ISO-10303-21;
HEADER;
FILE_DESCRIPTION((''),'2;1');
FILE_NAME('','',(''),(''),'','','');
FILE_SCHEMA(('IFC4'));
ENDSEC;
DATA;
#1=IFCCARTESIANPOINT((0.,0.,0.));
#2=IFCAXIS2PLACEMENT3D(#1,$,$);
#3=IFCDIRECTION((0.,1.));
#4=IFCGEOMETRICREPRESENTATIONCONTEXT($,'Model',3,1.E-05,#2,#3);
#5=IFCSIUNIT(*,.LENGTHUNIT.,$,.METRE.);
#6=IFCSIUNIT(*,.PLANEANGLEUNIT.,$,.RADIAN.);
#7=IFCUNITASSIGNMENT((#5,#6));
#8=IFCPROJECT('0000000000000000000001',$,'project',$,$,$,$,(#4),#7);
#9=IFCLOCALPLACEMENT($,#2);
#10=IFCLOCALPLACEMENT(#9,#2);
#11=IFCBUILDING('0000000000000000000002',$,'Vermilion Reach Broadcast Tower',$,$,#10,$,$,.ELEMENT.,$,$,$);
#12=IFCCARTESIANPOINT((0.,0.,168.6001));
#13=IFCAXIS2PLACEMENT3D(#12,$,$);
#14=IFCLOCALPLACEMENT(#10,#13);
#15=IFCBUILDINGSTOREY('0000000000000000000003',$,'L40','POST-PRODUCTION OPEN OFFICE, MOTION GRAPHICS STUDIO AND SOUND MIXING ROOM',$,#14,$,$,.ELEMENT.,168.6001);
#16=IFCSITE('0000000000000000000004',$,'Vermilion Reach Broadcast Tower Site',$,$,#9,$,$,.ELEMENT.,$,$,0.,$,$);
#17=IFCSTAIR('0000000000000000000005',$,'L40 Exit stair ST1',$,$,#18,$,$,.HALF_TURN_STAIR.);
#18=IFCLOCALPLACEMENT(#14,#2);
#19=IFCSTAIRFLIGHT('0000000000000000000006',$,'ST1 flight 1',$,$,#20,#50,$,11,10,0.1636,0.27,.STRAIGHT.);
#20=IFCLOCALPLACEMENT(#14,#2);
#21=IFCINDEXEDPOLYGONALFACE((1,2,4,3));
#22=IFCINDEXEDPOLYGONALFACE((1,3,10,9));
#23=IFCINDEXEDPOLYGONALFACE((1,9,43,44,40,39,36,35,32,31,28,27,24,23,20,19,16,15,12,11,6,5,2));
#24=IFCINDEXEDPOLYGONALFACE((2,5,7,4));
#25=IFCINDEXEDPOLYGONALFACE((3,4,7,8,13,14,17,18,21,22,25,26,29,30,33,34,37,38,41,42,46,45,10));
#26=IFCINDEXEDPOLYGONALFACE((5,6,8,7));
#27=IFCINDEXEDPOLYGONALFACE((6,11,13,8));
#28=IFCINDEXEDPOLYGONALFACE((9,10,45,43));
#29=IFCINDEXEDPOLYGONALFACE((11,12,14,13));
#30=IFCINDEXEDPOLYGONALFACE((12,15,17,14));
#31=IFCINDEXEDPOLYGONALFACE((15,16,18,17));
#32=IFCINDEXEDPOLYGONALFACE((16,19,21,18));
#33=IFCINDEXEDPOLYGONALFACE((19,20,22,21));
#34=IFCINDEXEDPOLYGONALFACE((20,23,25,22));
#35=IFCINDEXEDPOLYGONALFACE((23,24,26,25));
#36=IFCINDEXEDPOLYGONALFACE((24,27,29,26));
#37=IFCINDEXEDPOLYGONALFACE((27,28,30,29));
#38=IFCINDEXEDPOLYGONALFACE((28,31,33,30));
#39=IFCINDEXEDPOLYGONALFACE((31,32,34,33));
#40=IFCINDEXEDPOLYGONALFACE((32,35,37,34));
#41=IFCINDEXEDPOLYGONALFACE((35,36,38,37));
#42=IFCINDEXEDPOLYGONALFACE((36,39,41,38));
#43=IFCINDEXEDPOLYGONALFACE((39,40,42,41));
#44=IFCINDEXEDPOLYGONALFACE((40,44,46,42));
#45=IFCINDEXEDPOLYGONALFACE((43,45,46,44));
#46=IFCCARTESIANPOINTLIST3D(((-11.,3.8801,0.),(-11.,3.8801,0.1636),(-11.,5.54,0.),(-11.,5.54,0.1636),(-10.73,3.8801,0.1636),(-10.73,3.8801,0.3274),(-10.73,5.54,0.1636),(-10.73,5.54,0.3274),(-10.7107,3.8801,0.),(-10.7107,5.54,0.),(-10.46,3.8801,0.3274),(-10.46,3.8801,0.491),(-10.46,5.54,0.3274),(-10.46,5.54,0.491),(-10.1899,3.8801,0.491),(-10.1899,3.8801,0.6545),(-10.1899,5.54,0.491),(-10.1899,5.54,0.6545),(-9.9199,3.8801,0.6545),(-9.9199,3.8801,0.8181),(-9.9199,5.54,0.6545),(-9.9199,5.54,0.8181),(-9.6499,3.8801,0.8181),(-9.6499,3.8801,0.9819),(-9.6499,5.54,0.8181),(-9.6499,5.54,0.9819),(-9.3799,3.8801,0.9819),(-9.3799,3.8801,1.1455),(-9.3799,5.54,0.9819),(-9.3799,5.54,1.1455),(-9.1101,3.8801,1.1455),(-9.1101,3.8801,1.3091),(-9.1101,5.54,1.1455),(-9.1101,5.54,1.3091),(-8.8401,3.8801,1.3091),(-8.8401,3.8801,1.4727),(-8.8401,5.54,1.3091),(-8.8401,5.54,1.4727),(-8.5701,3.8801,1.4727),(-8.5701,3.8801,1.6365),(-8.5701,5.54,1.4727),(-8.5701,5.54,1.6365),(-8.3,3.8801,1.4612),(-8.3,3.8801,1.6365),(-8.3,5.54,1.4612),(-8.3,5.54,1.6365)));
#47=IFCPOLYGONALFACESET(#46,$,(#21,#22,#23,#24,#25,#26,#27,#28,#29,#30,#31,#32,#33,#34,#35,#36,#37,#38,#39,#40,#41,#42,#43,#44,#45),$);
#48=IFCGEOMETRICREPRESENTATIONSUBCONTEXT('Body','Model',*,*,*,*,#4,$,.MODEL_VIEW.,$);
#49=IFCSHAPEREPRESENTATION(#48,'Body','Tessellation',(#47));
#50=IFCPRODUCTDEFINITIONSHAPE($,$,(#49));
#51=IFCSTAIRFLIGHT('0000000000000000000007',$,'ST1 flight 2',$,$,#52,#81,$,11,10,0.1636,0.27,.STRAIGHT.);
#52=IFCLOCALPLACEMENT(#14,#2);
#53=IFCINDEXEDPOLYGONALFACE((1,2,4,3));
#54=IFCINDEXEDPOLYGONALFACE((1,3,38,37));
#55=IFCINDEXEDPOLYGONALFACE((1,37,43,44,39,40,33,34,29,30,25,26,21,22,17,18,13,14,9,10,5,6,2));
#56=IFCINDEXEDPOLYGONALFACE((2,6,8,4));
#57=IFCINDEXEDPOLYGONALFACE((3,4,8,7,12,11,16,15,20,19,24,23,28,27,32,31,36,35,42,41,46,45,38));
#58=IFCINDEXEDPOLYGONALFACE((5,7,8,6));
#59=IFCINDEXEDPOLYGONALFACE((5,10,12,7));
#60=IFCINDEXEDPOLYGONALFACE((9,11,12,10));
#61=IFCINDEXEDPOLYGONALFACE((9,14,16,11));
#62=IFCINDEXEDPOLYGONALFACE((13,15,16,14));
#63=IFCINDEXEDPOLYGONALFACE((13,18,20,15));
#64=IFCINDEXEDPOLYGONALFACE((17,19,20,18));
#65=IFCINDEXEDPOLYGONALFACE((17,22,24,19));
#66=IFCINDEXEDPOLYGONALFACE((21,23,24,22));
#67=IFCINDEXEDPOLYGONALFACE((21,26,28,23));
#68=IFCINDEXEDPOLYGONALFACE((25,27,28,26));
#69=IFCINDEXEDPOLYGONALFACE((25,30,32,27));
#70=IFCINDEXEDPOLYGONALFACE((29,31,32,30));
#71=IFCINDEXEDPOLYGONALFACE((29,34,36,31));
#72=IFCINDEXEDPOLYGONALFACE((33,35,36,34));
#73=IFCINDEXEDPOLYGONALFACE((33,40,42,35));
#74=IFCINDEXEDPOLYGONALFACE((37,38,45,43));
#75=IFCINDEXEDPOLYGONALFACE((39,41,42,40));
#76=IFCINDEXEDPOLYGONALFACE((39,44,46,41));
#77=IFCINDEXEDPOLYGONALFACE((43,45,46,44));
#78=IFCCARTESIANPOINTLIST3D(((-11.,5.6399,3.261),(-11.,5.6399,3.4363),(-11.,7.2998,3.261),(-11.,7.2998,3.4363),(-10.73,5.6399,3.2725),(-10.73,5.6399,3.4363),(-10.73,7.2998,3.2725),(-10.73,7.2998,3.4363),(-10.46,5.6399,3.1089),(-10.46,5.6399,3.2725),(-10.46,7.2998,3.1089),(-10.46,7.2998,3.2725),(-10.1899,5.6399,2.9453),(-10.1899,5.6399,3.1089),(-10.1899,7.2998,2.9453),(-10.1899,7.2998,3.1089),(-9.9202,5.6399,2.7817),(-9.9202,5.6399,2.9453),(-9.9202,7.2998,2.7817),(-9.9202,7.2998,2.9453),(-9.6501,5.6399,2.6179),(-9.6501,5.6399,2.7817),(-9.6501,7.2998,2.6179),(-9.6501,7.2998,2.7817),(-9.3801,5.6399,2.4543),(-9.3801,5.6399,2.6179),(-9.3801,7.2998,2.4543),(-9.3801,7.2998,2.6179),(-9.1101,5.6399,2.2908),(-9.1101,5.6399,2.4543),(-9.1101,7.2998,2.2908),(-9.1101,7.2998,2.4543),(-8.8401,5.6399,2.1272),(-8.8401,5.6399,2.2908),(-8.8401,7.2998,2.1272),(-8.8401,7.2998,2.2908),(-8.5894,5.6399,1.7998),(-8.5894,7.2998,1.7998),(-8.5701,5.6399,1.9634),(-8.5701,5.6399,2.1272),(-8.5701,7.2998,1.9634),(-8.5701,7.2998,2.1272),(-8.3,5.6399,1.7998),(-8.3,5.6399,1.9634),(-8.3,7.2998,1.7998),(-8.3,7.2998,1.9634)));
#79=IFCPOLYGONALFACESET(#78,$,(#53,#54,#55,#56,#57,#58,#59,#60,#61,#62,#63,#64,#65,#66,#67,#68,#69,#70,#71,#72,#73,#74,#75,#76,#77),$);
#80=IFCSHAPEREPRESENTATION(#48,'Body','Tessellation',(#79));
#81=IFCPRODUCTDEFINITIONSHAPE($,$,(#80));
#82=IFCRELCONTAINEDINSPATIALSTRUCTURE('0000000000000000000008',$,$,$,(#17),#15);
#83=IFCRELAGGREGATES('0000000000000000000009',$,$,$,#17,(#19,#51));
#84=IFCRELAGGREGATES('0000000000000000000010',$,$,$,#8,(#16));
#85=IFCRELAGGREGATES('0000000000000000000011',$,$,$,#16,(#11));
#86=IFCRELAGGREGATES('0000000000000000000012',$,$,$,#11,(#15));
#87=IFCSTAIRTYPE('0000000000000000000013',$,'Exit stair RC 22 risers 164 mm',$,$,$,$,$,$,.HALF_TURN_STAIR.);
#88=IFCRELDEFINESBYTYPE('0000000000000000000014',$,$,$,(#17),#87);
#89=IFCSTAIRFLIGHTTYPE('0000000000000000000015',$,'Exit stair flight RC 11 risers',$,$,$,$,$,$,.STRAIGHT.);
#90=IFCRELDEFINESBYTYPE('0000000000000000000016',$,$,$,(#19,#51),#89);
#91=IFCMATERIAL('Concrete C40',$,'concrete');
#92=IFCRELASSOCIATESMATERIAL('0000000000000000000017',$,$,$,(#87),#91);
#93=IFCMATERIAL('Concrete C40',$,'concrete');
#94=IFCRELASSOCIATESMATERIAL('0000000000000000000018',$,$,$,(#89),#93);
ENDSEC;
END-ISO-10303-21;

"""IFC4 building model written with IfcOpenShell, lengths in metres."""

from ifc_helpers import new_model, si_unit, direction, frame, origin, place, context, subcontext, project, spatial, polyline, outline, extrude, material, type_object, element, aggregate, save


model = new_model("IFC4")

# Units and contexts
model_context = context("Model", 3, precision=1e-05, world=origin(), true_north=direction((0.0, 1.0)))
body_context = subcontext(model_context, "Body", "Model", "MODEL_VIEW")
ifc_project = project(units=[si_unit("LENGTHUNIT", "METRE"), si_unit("PLANEANGLEUNIT", "RADIAN")], contexts=[model_context])

# Site, building, storey
site_placement = place(None, origin())
site = spatial("IfcSite", under=ifc_project, at=site_placement, Name="Vermilion Reach Broadcast Tower Site", CompositionType="ELEMENT", RefElevation=0.0)
building_placement = place(site_placement, origin())
building = spatial("IfcBuilding", under=site, at=building_placement, Name="Vermilion Reach Broadcast Tower", CompositionType="ELEMENT")
storey_placement = place(building_placement, frame((0.0, 0.0, 168.6001)))
storey = spatial("IfcBuildingStorey", under=building, at=storey_placement, Name="L40", Description="POST-PRODUCTION OPEN OFFICE, MOTION GRAPHICS STUDIO AND SOUND MIXING ROOM", CompositionType="ELEMENT", Elevation=168.6001)

# Stair, stair flights
ifc_material_1 = material(Name="Concrete C40", Category="concrete")
stair_type = type_object("IfcStairType", Name="Exit stair RC 22 risers 164 mm", PredefinedType="HALF_TURN_STAIR", material=ifc_material_1)
stair_placement = place(storey_placement, origin())
stair = element("IfcStair", 1, at=stair_placement, inside=storey, type_object=stair_type, Name="L40 Exit stair ST1", PredefinedType="HALF_TURN_STAIR")
ifc_material_2 = material(Name="Concrete C40", Category="concrete")
stair_flight_type = type_object("IfcStairFlightType", Name="Exit stair flight RC 11 risers", PredefinedType="STRAIGHT", material=ifc_material_2)
stair_flight_1_placement = place(storey_placement, frame((-11.0, 4.71, 0.0), z_axis=(0.0, 0.0, 1.0), x_axis=(1.0, 0.0, 0.0)))
stair_flight_1 = element("IfcStairFlight", 2, at=stair_flight_1_placement, type_object=stair_flight_type, Name="ST1 flight 1", NumberOfRisers=11, NumberOfTreads=10, PredefinedType="STRAIGHT", RiserHeight=0.1636, TreadLength=0.27, context=body_context, shape_type="SweptSolid", body=[
    extrude(outline(polyline([(0.0, 0.0), (0.0, 0.1636), (0.27, 0.1636), (0.27, 0.3274), (0.54, 0.3274), (0.54, 0.491), (0.8101, 0.491), (0.8101, 0.6545), (1.0801, 0.6545), (1.0801, 0.8181), (1.3501, 0.8181), (1.3501, 0.9819), (1.6201, 0.9819), (1.6201, 1.1455), (1.8899, 1.1455), (1.8899, 1.3091), (2.1599, 1.3091), (2.1599, 1.4727), (2.4299, 1.4727), (2.4299, 1.6365), (2.7, 1.6365), (2.7, 1.8), (2.7, 1.4612), (0.2893, 0.0), (0.0, 0.0)])), frame((0.0, 0.8301, 0.0), z_axis=(0.0, -1.0, 0.0), x_axis=(1.0, 0.0, 0.0)), (0.0, 0.0, 1.0), 1.6599),
])
stair_flight_2_placement = place(storey_placement, frame((-8.3, 6.47, 1.7998), z_axis=(0.0, 0.0, 1.0), x_axis=(-1.0, 0.0, 0.0)))
stair_flight_2 = element("IfcStairFlight", 3, at=stair_flight_2_placement, type_object=stair_flight_type, Name="ST1 flight 2", NumberOfRisers=11, NumberOfTreads=10, PredefinedType="STRAIGHT", RiserHeight=0.1636, TreadLength=0.27, context=body_context, shape_type="SweptSolid", body=[
    extrude(outline(polyline([(0.0, 0.0), (0.0, 0.1636), (0.27, 0.1636), (0.27, 0.3274), (0.54, 0.3274), (0.54, 0.491), (0.8101, 0.491), (0.8101, 0.6545), (1.0801, 0.6545), (1.0801, 0.8181), (1.3501, 0.8181), (1.3501, 0.9819), (1.6201, 0.9819), (1.6201, 1.1455), (1.8899, 1.1455), (1.8899, 1.3091), (2.1599, 1.3091), (2.1599, 1.4727), (2.4299, 1.4727), (2.4299, 1.6365), (2.7, 1.6365), (2.7, 1.8), (2.7, 1.4612), (0.2893, 0.0), (0.0, 0.0)])), frame((0.0, 0.8301, 0.0), z_axis=(0.0, -1.0, 0.0), x_axis=(1.0, 0.0, 0.0)), (0.0, 0.0, 1.0), 1.6599),
])
aggregate(stair, [stair_flight_1, stair_flight_2])

save(model, "model.ifc")
